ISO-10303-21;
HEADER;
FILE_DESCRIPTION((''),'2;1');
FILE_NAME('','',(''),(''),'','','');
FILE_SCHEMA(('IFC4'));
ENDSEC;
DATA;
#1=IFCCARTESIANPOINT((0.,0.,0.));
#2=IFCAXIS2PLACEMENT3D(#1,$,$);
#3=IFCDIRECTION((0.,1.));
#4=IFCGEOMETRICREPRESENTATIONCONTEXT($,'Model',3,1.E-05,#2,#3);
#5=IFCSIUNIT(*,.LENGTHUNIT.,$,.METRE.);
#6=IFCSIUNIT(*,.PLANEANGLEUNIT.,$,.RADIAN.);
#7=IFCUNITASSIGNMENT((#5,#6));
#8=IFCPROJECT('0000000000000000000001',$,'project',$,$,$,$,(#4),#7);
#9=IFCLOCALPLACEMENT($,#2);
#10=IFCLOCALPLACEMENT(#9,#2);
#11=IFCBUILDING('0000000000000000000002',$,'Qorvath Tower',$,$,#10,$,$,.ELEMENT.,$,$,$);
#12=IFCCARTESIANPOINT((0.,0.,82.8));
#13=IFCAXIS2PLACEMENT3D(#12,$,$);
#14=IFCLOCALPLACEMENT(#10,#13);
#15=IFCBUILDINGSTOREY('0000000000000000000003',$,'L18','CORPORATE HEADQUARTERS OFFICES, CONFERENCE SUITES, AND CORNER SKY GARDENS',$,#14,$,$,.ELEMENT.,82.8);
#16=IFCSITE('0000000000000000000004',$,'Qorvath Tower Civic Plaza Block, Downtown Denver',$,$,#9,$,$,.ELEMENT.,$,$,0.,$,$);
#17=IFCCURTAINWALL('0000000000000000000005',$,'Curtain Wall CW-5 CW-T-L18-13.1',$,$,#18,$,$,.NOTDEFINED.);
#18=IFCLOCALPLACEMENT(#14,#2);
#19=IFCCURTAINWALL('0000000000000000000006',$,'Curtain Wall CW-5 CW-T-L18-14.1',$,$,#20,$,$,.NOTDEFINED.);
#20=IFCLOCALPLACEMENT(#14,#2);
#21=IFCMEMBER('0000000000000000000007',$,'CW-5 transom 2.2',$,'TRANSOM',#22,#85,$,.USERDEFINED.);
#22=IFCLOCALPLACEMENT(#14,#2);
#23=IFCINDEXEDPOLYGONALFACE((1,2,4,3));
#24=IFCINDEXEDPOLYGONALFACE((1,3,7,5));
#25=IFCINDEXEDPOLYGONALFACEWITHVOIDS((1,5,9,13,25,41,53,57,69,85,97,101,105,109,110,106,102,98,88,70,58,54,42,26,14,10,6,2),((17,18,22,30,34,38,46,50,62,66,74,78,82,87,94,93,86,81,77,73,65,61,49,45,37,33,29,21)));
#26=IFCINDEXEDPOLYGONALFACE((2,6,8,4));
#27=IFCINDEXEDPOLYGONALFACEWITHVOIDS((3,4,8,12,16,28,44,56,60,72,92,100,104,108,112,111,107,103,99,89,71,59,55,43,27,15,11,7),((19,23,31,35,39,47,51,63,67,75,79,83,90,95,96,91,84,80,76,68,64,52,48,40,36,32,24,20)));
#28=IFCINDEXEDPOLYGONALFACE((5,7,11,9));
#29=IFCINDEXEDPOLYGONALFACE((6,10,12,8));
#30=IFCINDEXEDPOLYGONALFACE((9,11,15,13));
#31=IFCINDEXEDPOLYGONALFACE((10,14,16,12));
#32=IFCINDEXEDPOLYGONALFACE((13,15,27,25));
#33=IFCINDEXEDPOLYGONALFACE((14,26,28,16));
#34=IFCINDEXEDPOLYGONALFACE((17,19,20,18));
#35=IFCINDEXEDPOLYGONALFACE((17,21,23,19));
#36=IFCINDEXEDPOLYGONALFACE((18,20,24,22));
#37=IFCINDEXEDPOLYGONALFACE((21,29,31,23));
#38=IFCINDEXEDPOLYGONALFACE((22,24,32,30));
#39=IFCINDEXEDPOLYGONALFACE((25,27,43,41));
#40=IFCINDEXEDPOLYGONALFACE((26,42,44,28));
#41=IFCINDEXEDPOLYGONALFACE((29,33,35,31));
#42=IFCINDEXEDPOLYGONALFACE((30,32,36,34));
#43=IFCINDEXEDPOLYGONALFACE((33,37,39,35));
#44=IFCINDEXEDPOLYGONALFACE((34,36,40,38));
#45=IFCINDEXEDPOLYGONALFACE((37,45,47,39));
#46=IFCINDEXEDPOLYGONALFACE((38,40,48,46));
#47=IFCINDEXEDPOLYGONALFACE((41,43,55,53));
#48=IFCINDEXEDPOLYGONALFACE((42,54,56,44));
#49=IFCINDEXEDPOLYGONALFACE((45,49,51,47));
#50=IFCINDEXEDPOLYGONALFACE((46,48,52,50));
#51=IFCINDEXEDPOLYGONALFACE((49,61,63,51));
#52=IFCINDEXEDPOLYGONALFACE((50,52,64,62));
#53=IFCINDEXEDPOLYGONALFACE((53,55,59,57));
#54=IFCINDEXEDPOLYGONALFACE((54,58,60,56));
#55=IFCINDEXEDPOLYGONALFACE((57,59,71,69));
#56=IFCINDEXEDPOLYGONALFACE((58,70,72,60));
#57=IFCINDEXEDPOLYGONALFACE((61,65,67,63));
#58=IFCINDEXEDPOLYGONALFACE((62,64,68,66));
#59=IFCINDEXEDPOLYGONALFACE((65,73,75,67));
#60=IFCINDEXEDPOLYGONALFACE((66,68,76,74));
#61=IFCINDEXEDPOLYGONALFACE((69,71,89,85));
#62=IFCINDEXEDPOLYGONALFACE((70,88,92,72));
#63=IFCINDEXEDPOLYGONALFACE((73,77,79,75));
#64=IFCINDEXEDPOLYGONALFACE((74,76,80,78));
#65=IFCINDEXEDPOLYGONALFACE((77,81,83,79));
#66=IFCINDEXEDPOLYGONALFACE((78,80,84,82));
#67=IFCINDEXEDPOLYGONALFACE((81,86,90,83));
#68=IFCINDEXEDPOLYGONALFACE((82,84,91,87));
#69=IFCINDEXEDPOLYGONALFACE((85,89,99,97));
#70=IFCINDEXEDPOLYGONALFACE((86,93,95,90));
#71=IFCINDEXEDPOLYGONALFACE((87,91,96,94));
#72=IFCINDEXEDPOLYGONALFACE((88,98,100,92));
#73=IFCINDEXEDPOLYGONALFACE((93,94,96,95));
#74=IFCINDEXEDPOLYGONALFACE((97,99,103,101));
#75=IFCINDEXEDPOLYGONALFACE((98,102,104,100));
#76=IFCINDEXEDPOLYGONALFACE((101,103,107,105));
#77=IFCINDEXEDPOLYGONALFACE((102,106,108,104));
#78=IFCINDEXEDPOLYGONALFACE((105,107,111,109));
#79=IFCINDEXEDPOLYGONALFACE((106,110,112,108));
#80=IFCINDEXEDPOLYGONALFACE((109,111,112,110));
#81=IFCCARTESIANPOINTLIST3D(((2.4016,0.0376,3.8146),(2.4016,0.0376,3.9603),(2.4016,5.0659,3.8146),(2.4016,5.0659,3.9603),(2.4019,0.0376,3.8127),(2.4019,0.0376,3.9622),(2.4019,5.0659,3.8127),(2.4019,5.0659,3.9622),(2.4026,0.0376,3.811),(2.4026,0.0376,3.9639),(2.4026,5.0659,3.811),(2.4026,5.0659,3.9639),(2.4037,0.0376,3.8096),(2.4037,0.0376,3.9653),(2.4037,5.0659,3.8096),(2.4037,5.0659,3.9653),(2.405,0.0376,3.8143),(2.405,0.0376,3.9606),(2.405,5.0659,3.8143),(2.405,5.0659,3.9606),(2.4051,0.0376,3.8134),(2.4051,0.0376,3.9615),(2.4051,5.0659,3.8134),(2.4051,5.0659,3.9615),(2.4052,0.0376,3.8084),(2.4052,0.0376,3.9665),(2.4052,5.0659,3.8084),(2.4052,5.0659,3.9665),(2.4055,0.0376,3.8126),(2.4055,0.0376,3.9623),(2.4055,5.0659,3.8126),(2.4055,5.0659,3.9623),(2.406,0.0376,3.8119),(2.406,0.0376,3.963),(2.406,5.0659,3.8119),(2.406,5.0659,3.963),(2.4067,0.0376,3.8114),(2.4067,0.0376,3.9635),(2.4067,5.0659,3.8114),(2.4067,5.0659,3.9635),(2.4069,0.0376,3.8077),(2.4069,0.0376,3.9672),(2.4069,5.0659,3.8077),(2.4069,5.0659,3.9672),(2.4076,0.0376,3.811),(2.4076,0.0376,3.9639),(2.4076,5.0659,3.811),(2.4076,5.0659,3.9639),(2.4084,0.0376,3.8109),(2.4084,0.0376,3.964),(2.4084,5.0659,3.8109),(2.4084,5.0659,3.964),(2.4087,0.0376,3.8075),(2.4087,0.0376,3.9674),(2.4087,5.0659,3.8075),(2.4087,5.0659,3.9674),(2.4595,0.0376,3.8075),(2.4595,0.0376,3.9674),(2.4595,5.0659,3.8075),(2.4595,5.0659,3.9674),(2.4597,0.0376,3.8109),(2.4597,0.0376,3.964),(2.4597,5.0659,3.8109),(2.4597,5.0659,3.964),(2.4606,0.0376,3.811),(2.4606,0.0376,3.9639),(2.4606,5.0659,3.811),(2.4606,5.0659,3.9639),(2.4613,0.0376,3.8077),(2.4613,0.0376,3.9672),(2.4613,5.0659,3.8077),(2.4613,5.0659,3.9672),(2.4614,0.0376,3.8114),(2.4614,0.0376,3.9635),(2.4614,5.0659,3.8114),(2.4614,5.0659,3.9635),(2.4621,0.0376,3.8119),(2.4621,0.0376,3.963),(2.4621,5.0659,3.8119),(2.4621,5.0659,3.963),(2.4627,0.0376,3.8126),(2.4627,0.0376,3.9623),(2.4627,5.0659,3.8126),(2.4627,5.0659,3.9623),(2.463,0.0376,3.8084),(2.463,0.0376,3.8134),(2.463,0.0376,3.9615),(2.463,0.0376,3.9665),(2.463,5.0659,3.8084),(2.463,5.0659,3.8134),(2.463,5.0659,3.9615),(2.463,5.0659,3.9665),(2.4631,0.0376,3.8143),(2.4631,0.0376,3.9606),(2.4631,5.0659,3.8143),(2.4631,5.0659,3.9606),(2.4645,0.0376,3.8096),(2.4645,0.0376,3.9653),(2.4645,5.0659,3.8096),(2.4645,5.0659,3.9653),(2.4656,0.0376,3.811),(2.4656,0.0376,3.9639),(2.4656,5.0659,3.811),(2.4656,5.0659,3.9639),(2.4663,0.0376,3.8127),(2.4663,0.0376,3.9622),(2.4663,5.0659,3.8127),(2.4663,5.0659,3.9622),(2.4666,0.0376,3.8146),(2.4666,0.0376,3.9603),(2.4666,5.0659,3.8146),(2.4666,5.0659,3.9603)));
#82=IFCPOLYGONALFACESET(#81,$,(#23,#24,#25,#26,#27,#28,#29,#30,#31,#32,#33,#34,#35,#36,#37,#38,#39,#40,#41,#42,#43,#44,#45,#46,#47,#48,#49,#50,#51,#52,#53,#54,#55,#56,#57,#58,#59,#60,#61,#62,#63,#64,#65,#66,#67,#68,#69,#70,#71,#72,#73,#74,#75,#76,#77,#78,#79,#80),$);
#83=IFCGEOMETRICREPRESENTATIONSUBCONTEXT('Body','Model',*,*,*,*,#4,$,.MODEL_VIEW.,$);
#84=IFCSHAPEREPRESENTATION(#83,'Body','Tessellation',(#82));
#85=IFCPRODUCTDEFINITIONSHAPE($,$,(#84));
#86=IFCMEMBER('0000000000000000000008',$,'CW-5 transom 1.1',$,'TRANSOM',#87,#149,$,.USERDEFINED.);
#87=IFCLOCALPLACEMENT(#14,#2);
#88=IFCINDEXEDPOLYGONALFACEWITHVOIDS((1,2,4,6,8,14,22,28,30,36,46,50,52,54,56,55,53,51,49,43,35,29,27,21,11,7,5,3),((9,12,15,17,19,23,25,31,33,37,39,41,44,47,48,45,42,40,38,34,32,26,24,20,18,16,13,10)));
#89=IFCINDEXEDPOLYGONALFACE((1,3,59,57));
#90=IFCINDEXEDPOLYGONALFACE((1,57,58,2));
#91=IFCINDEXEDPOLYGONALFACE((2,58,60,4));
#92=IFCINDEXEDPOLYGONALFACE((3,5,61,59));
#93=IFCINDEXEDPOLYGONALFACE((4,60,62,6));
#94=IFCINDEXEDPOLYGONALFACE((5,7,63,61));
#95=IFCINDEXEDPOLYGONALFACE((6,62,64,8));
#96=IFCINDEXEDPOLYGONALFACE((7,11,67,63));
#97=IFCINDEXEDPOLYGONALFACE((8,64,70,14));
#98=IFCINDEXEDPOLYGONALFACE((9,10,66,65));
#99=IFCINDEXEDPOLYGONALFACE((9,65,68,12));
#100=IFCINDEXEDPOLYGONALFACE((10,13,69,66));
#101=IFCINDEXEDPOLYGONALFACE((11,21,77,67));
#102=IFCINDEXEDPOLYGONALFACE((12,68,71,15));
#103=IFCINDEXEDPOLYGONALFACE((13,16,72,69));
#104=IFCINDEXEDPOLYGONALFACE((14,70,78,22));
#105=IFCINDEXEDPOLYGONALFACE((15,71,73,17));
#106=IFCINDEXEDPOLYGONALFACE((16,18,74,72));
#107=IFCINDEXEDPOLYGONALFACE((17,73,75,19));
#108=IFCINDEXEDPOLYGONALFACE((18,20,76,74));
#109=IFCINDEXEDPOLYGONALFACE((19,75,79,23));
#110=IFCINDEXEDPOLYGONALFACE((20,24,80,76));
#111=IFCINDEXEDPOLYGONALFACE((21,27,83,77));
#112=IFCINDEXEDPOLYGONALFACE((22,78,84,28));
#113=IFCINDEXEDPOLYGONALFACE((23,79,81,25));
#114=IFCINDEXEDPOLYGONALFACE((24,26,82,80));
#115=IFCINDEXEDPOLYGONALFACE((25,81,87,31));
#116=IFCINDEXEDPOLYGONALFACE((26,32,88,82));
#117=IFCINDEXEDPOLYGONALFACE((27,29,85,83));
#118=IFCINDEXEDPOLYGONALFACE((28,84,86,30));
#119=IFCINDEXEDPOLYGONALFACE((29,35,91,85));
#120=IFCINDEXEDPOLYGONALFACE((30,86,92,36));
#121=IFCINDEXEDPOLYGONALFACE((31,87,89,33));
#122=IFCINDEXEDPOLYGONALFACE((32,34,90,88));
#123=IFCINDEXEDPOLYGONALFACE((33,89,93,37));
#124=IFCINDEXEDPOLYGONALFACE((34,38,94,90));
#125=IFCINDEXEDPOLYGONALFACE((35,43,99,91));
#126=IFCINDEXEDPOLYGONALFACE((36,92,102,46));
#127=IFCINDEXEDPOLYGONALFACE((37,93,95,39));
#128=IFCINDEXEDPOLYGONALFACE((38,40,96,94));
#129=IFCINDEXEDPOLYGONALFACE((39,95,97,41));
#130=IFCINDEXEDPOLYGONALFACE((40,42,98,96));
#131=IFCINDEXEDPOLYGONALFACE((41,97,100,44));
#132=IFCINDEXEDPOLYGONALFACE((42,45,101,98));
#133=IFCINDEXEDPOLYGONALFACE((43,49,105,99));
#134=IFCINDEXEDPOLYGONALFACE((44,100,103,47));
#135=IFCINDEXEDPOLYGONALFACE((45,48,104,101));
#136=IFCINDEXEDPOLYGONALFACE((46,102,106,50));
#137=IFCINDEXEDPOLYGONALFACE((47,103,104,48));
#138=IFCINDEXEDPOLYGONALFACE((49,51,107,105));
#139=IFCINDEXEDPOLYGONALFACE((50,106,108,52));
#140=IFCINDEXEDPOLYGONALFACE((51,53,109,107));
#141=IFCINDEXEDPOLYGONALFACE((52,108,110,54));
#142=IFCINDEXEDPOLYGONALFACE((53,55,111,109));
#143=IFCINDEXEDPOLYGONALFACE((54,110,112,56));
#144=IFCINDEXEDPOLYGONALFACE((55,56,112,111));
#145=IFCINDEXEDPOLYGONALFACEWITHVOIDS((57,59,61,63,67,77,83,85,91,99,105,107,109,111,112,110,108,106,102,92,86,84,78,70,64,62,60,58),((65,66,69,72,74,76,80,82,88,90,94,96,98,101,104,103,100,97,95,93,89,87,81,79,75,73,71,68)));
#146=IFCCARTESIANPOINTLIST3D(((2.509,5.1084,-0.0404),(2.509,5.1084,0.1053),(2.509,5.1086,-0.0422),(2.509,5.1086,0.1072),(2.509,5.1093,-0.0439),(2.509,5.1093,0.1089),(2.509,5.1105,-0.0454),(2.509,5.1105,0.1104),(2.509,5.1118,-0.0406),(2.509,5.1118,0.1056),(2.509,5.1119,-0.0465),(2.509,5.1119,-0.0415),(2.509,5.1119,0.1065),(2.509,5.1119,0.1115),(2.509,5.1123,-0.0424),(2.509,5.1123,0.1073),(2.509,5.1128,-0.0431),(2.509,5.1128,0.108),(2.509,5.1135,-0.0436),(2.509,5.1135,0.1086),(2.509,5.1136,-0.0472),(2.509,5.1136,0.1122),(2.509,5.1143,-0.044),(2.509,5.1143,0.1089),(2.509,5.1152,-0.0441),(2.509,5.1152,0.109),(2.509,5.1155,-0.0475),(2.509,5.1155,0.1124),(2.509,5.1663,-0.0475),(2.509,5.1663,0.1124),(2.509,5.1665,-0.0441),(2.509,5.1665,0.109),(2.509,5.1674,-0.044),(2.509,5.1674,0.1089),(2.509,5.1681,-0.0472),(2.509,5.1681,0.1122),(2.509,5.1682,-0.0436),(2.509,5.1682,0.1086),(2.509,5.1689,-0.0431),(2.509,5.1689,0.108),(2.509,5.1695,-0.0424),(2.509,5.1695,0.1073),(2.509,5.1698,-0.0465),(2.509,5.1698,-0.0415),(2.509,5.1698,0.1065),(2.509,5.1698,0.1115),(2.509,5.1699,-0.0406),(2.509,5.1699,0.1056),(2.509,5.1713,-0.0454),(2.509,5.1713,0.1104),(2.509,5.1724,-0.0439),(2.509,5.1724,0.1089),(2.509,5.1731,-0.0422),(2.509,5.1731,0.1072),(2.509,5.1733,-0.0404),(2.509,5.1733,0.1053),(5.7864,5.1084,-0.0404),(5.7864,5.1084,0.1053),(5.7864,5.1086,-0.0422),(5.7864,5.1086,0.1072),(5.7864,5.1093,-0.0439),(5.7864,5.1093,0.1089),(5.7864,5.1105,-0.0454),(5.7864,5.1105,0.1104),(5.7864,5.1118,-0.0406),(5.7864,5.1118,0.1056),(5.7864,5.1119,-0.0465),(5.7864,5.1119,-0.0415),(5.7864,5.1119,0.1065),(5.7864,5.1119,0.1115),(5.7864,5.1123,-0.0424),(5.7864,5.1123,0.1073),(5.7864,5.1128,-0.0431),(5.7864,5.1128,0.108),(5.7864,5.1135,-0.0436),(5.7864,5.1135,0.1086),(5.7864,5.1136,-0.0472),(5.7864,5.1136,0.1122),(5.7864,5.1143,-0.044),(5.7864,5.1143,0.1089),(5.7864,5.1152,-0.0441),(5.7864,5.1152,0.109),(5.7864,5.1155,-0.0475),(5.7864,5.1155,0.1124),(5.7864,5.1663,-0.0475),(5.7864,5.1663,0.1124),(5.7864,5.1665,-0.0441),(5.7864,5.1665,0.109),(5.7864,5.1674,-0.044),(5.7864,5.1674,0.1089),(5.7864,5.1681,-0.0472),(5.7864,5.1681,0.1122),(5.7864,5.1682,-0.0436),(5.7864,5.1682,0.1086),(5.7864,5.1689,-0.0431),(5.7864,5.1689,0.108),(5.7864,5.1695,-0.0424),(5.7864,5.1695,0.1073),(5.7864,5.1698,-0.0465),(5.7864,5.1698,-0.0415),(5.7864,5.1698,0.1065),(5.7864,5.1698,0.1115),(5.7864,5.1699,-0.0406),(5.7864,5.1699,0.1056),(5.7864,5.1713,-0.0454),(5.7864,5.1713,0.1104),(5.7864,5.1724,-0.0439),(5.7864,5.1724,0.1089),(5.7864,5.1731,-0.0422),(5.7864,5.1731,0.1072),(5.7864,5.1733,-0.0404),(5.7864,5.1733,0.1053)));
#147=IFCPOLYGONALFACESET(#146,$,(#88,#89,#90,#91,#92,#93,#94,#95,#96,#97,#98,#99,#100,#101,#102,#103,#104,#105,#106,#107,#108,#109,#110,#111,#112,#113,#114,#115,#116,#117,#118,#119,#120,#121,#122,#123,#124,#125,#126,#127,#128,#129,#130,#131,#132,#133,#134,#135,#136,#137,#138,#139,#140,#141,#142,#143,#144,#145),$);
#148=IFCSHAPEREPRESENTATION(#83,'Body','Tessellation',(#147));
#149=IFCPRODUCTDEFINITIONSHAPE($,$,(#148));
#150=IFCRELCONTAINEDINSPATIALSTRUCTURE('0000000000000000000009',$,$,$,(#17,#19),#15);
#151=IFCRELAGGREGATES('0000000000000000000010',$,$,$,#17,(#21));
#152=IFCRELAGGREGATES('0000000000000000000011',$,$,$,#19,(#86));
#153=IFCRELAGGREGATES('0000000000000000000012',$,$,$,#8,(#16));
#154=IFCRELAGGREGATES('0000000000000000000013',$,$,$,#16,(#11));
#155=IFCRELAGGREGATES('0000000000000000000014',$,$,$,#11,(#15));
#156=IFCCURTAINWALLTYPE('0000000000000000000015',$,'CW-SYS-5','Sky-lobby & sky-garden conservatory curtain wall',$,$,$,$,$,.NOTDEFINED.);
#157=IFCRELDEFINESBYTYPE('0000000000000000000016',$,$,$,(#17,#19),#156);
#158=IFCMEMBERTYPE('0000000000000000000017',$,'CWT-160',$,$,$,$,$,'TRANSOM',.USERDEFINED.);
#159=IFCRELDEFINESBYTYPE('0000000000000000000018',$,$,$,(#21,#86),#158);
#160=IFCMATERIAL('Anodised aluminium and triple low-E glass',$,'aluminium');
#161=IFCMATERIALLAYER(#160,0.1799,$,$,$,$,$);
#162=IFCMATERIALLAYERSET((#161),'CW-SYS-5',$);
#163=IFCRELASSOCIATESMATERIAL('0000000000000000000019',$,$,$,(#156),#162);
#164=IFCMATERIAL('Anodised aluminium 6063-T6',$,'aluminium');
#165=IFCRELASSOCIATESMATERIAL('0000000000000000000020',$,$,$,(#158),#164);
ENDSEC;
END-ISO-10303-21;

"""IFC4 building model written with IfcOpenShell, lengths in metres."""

from ifc_helpers import new_model, si_unit, direction, frame, origin, origin_2d, place, context, subcontext, project, spatial, hollow_rectangle, extrude, material, layer, layer_set, material_profile, profile_set, type_object, element, aggregate, save


model = new_model("IFC4")

# Units and contexts
model_context = context("Model", 3, precision=1e-05, world=origin(), true_north=direction((0.0, 1.0)))
body_context = subcontext(model_context, "Body", "Model", "MODEL_VIEW")
ifc_project = project(units=[si_unit("LENGTHUNIT", "METRE"), si_unit("PLANEANGLEUNIT", "RADIAN")], contexts=[model_context])

# Site, building, storey
site_placement = place(None, origin())
site = spatial("IfcSite", under=ifc_project, at=site_placement, Name="Qorvath Tower Civic Plaza Block, Downtown Denver", CompositionType="ELEMENT", RefElevation=0.0)
building_placement = place(site_placement, origin())
building = spatial("IfcBuilding", under=site, at=building_placement, Name="Qorvath Tower", CompositionType="ELEMENT")
storey_placement = place(building_placement, frame((0.0, 0.0, 82.8)))
storey = spatial("IfcBuildingStorey", under=building, at=storey_placement, Name="L18", Description="CORPORATE HEADQUARTERS OFFICES, CONFERENCE SUITES, AND CORNER SKY GARDENS", CompositionType="ELEMENT", Elevation=82.8)

# Curtain walls
ifc_material_1 = material(Name="Anodised aluminium and triple low-E glass", Category="aluminium")
ifc_layer_1 = layer(ifc_material_1, 0.1799)
ifc_layer_set_1 = layer_set([ifc_layer_1], Name="CW-SYS-5")
curtain_wall_type = type_object("IfcCurtainWallType", Name="CW-SYS-5", Description="Sky-lobby & sky-garden conservatory curtain wall", PredefinedType="NOTDEFINED", material=ifc_layer_set_1)
curtain_wall_1_placement = place(storey_placement, origin())
curtain_wall_1 = element("IfcCurtainWall", 1, at=curtain_wall_1_placement, inside=storey, type_object=curtain_wall_type, Name="Curtain Wall CW-5 CW-T-L18-13.1", PredefinedType="NOTDEFINED")
curtain_wall_2_placement = place(storey_placement, origin())
curtain_wall_2 = element("IfcCurtainWall", 2, at=curtain_wall_2_placement, inside=storey, type_object=curtain_wall_type, Name="Curtain Wall CW-5 CW-T-L18-14.1", PredefinedType="NOTDEFINED")

# Members
ifc_material_2 = material(Name="Anodised aluminium 6063-T6", Category="aluminium")
ifc_material_profile_1 = material_profile(ifc_material_2, hollow_rectangle(XDim=0.0649, YDim=0.1599, WallThickness=0.0034, InnerFilletRadius=0.0034, OuterFilletRadius=0.0071, at=origin_2d()), Name="CWT 160x65")
ifc_profile_set_1 = profile_set([ifc_material_profile_1], Name="Anodised aluminium 6063-T6")
member_type_1 = type_object("IfcMemberType", Name="CWT-160", ElementType="TRANSOM", PredefinedType="USERDEFINED", material=ifc_profile_set_1)
member_1_placement = place(storey_placement, frame((2.4341, 0.0376, 3.8875), z_axis=(0.0, 1.0, 0.0), x_axis=(-1.0, 0.0, 0.0)))
member_1 = element("IfcMember", 3, at=member_1_placement, type_object=member_type_1, Name="CW-5 transom 2.2", ObjectType="TRANSOM", PredefinedType="USERDEFINED", context=body_context, shape_type="SweptSolid", body=[
    extrude(hollow_rectangle(XDim=0.0649, YDim=0.1599, WallThickness=0.0034, InnerFilletRadius=0.0034, OuterFilletRadius=0.0071, at=origin_2d()), origin(), (0.0, 0.0, 1.0), 5.0283),
])
member_2_placement = place(storey_placement, frame((2.509, 5.1409, 0.0325), z_axis=(1.0, 0.0, 0.0), x_axis=(0.0, 1.0, 0.0)))
member_2 = element("IfcMember", 4, at=member_2_placement, type_object=member_type_1, Name="CW-5 transom 1.1", ObjectType="TRANSOM", PredefinedType="USERDEFINED", context=body_context, shape_type="SweptSolid", body=[
    extrude(hollow_rectangle(XDim=0.0649, YDim=0.1599, WallThickness=0.0034, InnerFilletRadius=0.0034, OuterFilletRadius=0.0071, at=origin_2d()), origin(), (0.0, 0.0, 1.0), 3.2773),
])

aggregate(curtain_wall_1, [member_1])
aggregate(curtain_wall_2, [member_2])

save(model, "model.ifc")
